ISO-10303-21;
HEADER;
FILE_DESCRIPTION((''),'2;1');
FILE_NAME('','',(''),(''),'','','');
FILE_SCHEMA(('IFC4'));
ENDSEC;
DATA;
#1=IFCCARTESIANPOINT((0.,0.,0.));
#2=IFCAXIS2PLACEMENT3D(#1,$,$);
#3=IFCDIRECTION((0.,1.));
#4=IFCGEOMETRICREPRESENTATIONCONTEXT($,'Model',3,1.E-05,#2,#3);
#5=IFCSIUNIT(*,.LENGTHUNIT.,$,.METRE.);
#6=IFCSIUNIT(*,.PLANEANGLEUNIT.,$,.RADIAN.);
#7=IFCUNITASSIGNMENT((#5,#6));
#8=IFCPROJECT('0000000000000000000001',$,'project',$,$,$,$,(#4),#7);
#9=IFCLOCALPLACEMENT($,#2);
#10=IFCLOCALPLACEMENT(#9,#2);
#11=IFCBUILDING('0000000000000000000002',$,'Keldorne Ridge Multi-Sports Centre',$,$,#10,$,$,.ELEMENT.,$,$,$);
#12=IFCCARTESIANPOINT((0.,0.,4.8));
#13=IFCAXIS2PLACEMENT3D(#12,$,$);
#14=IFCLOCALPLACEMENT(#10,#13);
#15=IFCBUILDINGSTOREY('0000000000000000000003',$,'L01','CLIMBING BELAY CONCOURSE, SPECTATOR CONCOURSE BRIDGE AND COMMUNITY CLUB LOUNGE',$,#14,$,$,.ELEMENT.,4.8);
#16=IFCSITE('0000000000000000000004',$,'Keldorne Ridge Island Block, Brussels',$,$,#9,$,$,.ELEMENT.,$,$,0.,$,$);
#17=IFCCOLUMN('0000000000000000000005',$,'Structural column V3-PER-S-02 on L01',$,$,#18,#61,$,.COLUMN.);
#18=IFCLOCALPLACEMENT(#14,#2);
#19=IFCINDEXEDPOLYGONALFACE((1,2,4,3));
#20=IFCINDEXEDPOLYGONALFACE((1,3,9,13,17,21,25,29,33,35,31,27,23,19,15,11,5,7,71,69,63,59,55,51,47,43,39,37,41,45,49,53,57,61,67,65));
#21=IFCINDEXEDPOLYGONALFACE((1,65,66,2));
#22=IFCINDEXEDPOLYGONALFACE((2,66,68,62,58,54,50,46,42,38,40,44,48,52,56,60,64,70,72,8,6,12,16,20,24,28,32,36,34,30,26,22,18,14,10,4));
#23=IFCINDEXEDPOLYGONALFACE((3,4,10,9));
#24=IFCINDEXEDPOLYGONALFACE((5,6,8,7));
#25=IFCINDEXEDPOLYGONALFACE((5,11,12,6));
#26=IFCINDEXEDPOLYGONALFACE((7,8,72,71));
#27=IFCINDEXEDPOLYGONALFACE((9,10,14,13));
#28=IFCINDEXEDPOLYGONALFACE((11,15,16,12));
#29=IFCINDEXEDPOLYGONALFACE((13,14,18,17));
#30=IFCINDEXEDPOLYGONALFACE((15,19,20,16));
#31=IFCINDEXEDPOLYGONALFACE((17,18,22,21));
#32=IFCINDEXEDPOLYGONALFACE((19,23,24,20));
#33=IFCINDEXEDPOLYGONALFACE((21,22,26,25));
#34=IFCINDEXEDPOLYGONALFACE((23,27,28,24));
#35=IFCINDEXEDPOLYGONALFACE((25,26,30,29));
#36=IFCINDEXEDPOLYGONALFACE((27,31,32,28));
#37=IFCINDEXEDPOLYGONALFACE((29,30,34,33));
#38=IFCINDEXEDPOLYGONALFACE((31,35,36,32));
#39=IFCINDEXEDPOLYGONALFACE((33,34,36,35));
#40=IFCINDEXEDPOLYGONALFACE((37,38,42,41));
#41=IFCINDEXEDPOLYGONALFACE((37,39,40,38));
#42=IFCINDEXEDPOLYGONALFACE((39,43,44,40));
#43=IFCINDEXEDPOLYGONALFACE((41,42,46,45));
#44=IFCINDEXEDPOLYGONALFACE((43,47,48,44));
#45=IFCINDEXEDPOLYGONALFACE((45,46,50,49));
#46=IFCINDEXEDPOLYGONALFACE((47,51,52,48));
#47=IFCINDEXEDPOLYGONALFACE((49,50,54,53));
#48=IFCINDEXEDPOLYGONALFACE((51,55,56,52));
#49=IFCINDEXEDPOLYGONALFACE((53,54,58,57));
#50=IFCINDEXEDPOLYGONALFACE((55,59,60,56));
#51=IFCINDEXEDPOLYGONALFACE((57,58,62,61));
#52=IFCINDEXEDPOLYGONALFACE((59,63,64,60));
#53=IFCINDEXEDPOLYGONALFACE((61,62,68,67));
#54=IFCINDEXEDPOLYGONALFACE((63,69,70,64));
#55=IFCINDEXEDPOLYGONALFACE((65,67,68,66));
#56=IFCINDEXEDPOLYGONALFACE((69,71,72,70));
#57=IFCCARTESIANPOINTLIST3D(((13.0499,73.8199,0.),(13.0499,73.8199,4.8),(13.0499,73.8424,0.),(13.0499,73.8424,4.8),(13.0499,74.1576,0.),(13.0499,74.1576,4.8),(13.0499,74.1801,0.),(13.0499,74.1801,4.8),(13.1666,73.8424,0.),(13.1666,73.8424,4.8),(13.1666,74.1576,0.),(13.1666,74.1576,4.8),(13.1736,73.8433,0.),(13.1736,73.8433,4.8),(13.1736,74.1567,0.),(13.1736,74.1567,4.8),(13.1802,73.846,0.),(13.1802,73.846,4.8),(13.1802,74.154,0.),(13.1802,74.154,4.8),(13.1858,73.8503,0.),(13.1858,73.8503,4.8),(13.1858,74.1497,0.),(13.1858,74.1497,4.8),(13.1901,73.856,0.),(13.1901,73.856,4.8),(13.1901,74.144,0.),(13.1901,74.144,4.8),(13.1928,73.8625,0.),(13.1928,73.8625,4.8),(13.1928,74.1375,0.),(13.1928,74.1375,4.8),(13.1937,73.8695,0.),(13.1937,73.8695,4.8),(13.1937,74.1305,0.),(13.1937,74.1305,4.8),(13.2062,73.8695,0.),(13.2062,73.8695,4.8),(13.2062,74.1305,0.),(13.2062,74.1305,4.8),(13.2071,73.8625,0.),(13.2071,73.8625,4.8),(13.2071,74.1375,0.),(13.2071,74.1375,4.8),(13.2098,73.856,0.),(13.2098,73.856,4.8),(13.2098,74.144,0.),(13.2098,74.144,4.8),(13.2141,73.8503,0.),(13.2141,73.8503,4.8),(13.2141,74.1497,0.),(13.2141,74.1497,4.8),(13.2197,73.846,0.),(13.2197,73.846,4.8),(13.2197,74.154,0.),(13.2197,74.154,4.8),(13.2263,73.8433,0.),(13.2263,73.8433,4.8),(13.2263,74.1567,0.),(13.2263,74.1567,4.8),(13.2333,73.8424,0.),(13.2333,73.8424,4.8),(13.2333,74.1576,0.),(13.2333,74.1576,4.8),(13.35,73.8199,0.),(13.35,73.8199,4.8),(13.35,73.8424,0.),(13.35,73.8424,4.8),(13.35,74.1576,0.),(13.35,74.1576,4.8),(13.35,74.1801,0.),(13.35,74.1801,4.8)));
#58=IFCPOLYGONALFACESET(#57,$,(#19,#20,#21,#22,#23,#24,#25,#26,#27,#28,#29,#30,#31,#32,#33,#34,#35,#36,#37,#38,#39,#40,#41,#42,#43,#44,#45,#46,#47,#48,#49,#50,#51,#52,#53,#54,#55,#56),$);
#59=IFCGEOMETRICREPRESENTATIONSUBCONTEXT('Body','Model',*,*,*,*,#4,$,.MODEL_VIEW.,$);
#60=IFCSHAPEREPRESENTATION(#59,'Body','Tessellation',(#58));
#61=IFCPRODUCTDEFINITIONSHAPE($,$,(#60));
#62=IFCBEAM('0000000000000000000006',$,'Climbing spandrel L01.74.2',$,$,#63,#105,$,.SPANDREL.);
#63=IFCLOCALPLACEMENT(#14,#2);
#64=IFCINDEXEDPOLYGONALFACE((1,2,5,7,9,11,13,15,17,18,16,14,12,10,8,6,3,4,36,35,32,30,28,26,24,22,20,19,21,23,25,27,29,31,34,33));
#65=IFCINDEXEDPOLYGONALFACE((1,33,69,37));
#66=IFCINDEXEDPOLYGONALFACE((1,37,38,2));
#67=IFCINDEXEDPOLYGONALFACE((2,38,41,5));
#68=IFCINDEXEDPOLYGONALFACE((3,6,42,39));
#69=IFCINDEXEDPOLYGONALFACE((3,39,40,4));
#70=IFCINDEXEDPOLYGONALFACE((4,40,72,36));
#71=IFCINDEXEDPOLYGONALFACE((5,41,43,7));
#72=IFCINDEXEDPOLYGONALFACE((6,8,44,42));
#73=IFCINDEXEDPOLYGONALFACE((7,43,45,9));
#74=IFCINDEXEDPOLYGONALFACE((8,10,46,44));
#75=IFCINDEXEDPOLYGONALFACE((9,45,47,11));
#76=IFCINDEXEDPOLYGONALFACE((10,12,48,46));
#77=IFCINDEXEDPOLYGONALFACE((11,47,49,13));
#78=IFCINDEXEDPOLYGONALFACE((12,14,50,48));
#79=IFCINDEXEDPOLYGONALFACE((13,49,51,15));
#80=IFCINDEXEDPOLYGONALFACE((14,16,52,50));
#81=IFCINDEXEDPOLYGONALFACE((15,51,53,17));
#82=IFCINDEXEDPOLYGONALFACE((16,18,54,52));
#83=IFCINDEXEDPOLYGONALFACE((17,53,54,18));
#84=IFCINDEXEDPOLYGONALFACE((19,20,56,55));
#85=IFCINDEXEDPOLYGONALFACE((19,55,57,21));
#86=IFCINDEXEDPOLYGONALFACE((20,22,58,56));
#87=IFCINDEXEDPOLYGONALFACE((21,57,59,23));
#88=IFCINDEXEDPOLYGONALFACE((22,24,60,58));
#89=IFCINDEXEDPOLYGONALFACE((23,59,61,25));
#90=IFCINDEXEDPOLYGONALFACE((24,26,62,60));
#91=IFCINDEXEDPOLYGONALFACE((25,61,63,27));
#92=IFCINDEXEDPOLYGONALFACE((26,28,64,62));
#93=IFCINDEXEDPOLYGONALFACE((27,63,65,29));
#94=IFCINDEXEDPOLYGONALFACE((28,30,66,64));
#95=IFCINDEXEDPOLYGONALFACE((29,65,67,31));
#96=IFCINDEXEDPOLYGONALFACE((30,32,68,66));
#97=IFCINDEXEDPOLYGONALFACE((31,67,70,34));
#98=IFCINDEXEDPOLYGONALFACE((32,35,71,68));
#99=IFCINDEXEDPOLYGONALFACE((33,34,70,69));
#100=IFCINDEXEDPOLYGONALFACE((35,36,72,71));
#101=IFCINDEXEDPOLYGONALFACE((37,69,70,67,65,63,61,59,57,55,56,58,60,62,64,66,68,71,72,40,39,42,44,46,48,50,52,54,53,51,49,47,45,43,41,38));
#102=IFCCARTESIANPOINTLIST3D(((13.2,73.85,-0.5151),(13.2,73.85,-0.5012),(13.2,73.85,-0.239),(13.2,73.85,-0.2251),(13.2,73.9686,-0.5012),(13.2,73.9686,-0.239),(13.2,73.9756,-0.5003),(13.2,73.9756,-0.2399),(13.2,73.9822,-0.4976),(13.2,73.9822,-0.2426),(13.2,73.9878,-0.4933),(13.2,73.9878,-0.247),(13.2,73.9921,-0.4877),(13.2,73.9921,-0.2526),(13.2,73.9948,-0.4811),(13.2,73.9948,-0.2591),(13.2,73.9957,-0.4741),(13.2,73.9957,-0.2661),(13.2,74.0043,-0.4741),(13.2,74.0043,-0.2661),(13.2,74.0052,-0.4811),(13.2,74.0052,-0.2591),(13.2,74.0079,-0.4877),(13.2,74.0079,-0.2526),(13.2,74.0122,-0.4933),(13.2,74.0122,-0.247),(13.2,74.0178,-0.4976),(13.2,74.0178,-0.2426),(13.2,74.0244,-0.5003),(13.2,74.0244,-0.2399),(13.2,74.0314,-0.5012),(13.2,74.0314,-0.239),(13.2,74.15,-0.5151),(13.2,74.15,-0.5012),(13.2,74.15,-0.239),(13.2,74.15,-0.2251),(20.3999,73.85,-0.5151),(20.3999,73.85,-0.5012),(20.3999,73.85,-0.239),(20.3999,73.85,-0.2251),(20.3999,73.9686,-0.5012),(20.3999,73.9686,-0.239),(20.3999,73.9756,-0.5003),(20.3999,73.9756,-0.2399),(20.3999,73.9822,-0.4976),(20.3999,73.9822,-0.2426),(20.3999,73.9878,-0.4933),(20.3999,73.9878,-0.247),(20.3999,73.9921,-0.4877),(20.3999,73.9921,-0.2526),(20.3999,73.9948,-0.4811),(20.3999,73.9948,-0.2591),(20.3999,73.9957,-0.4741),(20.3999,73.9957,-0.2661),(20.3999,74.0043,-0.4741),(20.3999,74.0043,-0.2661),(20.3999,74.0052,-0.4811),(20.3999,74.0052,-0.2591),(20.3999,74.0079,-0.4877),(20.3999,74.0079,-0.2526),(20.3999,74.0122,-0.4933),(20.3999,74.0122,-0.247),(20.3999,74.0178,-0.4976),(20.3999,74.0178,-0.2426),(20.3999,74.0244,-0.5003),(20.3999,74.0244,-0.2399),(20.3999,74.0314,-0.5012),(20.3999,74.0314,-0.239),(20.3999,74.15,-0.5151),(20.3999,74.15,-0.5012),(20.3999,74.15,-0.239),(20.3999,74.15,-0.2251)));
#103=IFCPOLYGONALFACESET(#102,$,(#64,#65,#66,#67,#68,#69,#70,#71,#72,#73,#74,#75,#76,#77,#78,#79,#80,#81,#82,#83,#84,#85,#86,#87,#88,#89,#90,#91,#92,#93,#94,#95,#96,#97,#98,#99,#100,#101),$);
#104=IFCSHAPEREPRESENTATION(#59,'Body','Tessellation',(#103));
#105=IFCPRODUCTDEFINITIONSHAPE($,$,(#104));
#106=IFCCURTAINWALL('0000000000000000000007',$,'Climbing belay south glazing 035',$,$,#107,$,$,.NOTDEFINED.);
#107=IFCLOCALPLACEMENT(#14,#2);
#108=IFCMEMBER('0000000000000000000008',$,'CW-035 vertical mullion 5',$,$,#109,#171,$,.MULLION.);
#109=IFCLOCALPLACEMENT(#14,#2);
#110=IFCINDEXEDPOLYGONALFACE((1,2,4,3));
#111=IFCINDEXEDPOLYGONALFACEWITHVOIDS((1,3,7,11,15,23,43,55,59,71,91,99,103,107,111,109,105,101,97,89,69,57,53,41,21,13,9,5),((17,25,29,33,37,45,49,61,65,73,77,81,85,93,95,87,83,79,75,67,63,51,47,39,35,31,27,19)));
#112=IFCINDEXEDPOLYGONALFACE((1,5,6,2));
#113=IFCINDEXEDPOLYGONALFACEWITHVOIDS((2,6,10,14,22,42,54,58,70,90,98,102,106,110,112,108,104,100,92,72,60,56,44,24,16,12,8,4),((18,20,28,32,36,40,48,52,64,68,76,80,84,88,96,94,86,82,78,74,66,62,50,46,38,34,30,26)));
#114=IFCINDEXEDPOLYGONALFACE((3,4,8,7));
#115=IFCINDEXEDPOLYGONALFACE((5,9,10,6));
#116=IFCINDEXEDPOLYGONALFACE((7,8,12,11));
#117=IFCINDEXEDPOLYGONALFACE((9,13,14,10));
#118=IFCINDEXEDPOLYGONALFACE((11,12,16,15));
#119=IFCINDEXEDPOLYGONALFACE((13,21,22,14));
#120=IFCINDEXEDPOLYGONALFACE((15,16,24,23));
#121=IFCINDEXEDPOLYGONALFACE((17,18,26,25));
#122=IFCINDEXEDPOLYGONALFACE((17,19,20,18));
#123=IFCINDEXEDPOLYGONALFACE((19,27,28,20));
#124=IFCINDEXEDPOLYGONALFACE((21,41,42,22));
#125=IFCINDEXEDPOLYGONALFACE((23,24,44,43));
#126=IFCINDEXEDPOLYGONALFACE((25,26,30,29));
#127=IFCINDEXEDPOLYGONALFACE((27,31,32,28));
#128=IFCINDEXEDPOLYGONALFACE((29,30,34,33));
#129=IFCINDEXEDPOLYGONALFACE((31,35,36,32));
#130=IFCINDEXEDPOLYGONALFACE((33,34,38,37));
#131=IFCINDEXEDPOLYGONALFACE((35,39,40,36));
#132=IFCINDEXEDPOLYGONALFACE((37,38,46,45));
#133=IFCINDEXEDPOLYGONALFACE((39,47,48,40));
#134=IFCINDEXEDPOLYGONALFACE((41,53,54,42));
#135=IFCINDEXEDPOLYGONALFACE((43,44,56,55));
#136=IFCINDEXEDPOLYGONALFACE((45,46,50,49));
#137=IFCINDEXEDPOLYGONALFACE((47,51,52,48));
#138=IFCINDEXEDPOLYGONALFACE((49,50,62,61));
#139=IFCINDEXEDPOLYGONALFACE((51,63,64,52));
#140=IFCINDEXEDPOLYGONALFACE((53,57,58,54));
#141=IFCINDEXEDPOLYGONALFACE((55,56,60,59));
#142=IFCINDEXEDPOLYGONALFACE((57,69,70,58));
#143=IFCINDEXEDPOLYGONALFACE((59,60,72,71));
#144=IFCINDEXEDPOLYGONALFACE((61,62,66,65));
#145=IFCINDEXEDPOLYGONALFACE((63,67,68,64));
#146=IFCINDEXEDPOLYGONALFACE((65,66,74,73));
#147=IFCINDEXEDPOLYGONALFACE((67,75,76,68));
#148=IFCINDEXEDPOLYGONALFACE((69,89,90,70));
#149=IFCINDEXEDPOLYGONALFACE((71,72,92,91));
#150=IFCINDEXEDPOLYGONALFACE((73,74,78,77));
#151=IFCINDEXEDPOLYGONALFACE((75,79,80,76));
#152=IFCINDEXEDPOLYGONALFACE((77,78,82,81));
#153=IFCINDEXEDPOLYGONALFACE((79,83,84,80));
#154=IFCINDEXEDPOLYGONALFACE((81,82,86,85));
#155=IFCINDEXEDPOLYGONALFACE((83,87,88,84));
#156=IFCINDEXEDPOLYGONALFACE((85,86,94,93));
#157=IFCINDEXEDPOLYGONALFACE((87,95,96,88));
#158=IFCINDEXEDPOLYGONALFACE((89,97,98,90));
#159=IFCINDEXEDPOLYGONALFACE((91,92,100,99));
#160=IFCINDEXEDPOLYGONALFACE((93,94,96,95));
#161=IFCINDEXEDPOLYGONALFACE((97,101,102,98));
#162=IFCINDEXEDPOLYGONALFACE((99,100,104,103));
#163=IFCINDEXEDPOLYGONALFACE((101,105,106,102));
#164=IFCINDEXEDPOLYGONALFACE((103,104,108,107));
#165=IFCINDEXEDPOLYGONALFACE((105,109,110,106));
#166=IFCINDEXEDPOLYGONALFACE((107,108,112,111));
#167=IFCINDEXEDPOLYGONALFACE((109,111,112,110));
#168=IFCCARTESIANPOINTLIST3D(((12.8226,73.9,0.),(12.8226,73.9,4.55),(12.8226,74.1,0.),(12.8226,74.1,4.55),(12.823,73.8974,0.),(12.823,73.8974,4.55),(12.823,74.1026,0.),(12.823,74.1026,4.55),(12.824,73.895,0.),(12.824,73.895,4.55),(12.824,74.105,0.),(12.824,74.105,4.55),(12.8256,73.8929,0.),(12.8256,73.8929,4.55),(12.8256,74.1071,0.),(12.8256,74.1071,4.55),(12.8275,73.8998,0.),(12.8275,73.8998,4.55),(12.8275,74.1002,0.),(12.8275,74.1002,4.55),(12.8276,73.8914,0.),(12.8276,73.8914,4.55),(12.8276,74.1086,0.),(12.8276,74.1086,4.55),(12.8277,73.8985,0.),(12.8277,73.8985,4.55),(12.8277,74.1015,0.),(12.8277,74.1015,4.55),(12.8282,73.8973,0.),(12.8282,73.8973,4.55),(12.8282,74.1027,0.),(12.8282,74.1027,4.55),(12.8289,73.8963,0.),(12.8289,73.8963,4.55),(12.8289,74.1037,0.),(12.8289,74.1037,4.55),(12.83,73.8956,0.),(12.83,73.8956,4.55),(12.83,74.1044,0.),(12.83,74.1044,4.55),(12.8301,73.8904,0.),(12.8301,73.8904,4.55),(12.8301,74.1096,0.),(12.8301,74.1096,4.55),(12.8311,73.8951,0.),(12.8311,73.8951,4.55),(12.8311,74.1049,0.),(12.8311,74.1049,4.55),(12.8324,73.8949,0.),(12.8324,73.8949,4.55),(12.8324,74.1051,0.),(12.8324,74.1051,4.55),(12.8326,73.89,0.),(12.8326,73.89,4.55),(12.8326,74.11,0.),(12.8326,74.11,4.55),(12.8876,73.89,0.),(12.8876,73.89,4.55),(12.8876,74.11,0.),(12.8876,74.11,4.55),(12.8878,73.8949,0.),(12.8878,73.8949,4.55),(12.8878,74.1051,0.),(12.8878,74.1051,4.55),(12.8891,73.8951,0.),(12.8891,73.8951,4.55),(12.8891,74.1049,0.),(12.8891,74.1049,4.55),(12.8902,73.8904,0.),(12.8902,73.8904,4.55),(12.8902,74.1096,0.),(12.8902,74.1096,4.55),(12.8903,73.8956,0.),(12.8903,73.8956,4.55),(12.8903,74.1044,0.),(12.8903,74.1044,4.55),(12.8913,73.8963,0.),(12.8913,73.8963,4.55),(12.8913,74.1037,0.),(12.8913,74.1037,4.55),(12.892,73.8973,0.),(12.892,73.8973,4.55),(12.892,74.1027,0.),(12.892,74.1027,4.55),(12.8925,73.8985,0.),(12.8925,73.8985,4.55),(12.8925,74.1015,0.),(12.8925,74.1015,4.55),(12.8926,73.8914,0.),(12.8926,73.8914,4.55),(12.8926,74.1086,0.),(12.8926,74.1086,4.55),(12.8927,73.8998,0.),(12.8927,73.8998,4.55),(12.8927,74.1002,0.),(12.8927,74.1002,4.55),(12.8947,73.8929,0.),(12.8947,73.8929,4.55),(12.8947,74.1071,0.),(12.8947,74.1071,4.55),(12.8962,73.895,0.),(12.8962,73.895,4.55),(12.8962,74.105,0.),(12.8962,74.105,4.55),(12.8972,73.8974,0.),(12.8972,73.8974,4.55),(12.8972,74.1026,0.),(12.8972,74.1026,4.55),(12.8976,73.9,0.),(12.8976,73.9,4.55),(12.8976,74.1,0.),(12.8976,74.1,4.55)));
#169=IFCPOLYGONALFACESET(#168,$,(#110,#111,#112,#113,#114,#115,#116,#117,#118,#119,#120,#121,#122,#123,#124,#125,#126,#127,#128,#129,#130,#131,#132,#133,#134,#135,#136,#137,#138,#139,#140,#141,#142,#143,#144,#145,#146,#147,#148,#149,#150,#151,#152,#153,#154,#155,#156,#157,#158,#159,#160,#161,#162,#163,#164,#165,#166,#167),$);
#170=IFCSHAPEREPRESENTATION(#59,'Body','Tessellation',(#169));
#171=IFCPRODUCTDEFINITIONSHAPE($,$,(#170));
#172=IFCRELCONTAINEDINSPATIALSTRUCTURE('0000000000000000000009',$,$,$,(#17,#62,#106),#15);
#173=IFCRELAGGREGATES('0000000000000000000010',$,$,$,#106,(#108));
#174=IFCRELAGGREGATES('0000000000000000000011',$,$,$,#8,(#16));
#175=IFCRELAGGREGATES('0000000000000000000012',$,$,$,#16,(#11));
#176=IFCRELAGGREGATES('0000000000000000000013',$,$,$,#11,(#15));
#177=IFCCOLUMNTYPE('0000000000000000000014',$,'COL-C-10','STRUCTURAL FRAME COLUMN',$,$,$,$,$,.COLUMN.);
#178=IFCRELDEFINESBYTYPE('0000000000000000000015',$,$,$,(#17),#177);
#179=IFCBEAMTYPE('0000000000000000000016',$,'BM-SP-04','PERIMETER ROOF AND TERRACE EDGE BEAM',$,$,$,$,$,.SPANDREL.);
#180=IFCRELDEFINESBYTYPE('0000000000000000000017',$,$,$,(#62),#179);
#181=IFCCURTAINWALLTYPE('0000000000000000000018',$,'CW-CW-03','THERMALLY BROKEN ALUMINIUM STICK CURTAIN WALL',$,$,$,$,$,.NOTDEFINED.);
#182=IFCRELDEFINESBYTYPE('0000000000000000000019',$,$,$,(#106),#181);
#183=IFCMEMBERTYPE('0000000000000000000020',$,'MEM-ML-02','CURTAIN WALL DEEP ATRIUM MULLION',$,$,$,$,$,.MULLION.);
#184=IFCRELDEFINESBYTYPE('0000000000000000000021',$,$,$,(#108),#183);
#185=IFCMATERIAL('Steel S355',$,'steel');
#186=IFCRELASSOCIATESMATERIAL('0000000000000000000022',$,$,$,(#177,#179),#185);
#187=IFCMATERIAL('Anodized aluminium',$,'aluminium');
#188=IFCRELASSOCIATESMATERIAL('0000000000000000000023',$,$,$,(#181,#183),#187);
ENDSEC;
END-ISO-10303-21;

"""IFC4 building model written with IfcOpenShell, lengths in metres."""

from ifc_helpers import new_model, si_unit, direction, frame, origin, origin_2d, place, context, subcontext, project, spatial, hollow_rectangle, i_section, extrude, material, material_profile, profile_set, type_object, element, aggregate, save


model = new_model("IFC4")

# Units and contexts
model_context = context("Model", 3, precision=1e-05, world=origin(), true_north=direction((0.0, 1.0)))
body_context = subcontext(model_context, "Body", "Model", "MODEL_VIEW")
ifc_project = project(units=[si_unit("LENGTHUNIT", "METRE"), si_unit("PLANEANGLEUNIT", "RADIAN")], contexts=[model_context])

# Site, building, storey
site_placement = place(None, origin())
site = spatial("IfcSite", under=ifc_project, at=site_placement, Name="Keldorne Ridge Island Block, Brussels", CompositionType="ELEMENT", RefElevation=0.0)
building_placement = place(site_placement, origin())
building = spatial("IfcBuilding", under=site, at=building_placement, Name="Keldorne Ridge Multi-Sports Centre", CompositionType="ELEMENT")
storey_placement = place(building_placement, frame((0.0, 0.0, 4.8)))
storey = spatial("IfcBuildingStorey", under=building, at=storey_placement, Name="L01", Description="CLIMBING BELAY CONCOURSE, SPECTATOR CONCOURSE BRIDGE AND COMMUNITY CLUB LOUNGE", CompositionType="ELEMENT", Elevation=4.8)

# Column
ifc_material_1 = material(Name="Steel S355", Category="steel")
ifc_material_profile_1 = material_profile(ifc_material_1, i_section(OverallWidth=0.3, OverallDepth=0.3601, WebThickness=0.0125, FlangeThickness=0.0225, FilletRadius=0.0271, at=origin_2d()), Name="HEB 360")
ifc_profile_set_1 = profile_set([ifc_material_profile_1], Name="Steel S355")
column_type = type_object("IfcColumnType", Name="COL-C-10", Description="STRUCTURAL FRAME COLUMN", PredefinedType="COLUMN", material=ifc_profile_set_1)
column_placement = place(storey_placement, frame((13.2, 74.0, 0.0), z_axis=(0.0, 0.0, 1.0), x_axis=(1.0, 0.0, 0.0)))
element("IfcColumn", 1, at=column_placement, inside=storey, type_object=column_type, Name="Structural column V3-PER-S-02 on L01", PredefinedType="COLUMN", context=body_context, shape_type="SweptSolid", body=[
    extrude(i_section(OverallWidth=0.3, OverallDepth=0.3601, WebThickness=0.0125, FlangeThickness=0.0225, FilletRadius=0.0271, at=origin_2d()), origin(), (0.0, 0.0, 1.0), 4.8),
])

# Beam
ifc_material_profile_2 = material_profile(ifc_material_1, i_section(OverallWidth=0.3, OverallDepth=0.29, WebThickness=0.0085, FlangeThickness=0.0139, FilletRadius=0.0271, at=origin_2d()), Name="HEA 300")
ifc_profile_set_2 = profile_set([ifc_material_profile_2], Name="Steel S355")
beam_type = type_object("IfcBeamType", Name="BM-SP-04", Description="PERIMETER ROOF AND TERRACE EDGE BEAM", PredefinedType="SPANDREL", material=ifc_profile_set_2)
beam_placement = place(storey_placement, frame((13.2, 74.0, -0.3701), z_axis=(1.0, 0.0, 0.0), x_axis=(0.0, 1.0, 0.0)))
element("IfcBeam", 2, at=beam_placement, inside=storey, type_object=beam_type, Name="Climbing spandrel L01.74.2", PredefinedType="SPANDREL", context=body_context, shape_type="SweptSolid", body=[
    extrude(i_section(OverallWidth=0.3, OverallDepth=0.29, WebThickness=0.0085, FlangeThickness=0.0139, FilletRadius=0.0271, at=origin_2d()), origin(), (0.0, 0.0, 1.0), 7.2),
])

# Curtain wall, member
ifc_material_2 = material(Name="Anodized aluminium", Category="aluminium")
curtain_wall_type_1 = type_object("IfcCurtainWallType", Name="CW-CW-03", Description="THERMALLY BROKEN ALUMINIUM STICK CURTAIN WALL", PredefinedType="NOTDEFINED", material=ifc_material_2)
curtain_wall_1_placement = place(storey_placement, origin())
curtain_wall_1 = element("IfcCurtainWall", 3, at=curtain_wall_1_placement, inside=storey, type_object=curtain_wall_type_1, Name="Climbing belay south glazing 035", PredefinedType="NOTDEFINED")
ifc_material_profile_3 = material_profile(ifc_material_2, hollow_rectangle(XDim=0.075, YDim=0.22, WallThickness=0.0049, InnerFilletRadius=0.0049, OuterFilletRadius=0.01, at=origin_2d()), Name="ALU MULLION 220x75x5")
ifc_profile_set_3 = profile_set([ifc_material_profile_3], Name="Anodized aluminium")
member_type_1 = type_object("IfcMemberType", Name="MEM-ML-02", Description="CURTAIN WALL DEEP ATRIUM MULLION", PredefinedType="MULLION", material=ifc_profile_set_3)
member_1_placement = place(storey_placement, frame((12.8601, 74.0, 0.0), z_axis=(0.0, 0.0, 1.0), x_axis=(1.0, 0.0, 0.0)))
member_1 = element("IfcMember", 4, at=member_1_placement, type_object=member_type_1, Name="CW-035 vertical mullion 5", PredefinedType="MULLION", context=body_context, shape_type="SweptSolid", body=[
    extrude(hollow_rectangle(XDim=0.075, YDim=0.22, WallThickness=0.0049, InnerFilletRadius=0.0049, OuterFilletRadius=0.01, at=origin_2d()), origin(), (0.0, 0.0, 1.0), 4.55),
])

aggregate(curtain_wall_1, [member_1])

save(model, "model.ifc")
